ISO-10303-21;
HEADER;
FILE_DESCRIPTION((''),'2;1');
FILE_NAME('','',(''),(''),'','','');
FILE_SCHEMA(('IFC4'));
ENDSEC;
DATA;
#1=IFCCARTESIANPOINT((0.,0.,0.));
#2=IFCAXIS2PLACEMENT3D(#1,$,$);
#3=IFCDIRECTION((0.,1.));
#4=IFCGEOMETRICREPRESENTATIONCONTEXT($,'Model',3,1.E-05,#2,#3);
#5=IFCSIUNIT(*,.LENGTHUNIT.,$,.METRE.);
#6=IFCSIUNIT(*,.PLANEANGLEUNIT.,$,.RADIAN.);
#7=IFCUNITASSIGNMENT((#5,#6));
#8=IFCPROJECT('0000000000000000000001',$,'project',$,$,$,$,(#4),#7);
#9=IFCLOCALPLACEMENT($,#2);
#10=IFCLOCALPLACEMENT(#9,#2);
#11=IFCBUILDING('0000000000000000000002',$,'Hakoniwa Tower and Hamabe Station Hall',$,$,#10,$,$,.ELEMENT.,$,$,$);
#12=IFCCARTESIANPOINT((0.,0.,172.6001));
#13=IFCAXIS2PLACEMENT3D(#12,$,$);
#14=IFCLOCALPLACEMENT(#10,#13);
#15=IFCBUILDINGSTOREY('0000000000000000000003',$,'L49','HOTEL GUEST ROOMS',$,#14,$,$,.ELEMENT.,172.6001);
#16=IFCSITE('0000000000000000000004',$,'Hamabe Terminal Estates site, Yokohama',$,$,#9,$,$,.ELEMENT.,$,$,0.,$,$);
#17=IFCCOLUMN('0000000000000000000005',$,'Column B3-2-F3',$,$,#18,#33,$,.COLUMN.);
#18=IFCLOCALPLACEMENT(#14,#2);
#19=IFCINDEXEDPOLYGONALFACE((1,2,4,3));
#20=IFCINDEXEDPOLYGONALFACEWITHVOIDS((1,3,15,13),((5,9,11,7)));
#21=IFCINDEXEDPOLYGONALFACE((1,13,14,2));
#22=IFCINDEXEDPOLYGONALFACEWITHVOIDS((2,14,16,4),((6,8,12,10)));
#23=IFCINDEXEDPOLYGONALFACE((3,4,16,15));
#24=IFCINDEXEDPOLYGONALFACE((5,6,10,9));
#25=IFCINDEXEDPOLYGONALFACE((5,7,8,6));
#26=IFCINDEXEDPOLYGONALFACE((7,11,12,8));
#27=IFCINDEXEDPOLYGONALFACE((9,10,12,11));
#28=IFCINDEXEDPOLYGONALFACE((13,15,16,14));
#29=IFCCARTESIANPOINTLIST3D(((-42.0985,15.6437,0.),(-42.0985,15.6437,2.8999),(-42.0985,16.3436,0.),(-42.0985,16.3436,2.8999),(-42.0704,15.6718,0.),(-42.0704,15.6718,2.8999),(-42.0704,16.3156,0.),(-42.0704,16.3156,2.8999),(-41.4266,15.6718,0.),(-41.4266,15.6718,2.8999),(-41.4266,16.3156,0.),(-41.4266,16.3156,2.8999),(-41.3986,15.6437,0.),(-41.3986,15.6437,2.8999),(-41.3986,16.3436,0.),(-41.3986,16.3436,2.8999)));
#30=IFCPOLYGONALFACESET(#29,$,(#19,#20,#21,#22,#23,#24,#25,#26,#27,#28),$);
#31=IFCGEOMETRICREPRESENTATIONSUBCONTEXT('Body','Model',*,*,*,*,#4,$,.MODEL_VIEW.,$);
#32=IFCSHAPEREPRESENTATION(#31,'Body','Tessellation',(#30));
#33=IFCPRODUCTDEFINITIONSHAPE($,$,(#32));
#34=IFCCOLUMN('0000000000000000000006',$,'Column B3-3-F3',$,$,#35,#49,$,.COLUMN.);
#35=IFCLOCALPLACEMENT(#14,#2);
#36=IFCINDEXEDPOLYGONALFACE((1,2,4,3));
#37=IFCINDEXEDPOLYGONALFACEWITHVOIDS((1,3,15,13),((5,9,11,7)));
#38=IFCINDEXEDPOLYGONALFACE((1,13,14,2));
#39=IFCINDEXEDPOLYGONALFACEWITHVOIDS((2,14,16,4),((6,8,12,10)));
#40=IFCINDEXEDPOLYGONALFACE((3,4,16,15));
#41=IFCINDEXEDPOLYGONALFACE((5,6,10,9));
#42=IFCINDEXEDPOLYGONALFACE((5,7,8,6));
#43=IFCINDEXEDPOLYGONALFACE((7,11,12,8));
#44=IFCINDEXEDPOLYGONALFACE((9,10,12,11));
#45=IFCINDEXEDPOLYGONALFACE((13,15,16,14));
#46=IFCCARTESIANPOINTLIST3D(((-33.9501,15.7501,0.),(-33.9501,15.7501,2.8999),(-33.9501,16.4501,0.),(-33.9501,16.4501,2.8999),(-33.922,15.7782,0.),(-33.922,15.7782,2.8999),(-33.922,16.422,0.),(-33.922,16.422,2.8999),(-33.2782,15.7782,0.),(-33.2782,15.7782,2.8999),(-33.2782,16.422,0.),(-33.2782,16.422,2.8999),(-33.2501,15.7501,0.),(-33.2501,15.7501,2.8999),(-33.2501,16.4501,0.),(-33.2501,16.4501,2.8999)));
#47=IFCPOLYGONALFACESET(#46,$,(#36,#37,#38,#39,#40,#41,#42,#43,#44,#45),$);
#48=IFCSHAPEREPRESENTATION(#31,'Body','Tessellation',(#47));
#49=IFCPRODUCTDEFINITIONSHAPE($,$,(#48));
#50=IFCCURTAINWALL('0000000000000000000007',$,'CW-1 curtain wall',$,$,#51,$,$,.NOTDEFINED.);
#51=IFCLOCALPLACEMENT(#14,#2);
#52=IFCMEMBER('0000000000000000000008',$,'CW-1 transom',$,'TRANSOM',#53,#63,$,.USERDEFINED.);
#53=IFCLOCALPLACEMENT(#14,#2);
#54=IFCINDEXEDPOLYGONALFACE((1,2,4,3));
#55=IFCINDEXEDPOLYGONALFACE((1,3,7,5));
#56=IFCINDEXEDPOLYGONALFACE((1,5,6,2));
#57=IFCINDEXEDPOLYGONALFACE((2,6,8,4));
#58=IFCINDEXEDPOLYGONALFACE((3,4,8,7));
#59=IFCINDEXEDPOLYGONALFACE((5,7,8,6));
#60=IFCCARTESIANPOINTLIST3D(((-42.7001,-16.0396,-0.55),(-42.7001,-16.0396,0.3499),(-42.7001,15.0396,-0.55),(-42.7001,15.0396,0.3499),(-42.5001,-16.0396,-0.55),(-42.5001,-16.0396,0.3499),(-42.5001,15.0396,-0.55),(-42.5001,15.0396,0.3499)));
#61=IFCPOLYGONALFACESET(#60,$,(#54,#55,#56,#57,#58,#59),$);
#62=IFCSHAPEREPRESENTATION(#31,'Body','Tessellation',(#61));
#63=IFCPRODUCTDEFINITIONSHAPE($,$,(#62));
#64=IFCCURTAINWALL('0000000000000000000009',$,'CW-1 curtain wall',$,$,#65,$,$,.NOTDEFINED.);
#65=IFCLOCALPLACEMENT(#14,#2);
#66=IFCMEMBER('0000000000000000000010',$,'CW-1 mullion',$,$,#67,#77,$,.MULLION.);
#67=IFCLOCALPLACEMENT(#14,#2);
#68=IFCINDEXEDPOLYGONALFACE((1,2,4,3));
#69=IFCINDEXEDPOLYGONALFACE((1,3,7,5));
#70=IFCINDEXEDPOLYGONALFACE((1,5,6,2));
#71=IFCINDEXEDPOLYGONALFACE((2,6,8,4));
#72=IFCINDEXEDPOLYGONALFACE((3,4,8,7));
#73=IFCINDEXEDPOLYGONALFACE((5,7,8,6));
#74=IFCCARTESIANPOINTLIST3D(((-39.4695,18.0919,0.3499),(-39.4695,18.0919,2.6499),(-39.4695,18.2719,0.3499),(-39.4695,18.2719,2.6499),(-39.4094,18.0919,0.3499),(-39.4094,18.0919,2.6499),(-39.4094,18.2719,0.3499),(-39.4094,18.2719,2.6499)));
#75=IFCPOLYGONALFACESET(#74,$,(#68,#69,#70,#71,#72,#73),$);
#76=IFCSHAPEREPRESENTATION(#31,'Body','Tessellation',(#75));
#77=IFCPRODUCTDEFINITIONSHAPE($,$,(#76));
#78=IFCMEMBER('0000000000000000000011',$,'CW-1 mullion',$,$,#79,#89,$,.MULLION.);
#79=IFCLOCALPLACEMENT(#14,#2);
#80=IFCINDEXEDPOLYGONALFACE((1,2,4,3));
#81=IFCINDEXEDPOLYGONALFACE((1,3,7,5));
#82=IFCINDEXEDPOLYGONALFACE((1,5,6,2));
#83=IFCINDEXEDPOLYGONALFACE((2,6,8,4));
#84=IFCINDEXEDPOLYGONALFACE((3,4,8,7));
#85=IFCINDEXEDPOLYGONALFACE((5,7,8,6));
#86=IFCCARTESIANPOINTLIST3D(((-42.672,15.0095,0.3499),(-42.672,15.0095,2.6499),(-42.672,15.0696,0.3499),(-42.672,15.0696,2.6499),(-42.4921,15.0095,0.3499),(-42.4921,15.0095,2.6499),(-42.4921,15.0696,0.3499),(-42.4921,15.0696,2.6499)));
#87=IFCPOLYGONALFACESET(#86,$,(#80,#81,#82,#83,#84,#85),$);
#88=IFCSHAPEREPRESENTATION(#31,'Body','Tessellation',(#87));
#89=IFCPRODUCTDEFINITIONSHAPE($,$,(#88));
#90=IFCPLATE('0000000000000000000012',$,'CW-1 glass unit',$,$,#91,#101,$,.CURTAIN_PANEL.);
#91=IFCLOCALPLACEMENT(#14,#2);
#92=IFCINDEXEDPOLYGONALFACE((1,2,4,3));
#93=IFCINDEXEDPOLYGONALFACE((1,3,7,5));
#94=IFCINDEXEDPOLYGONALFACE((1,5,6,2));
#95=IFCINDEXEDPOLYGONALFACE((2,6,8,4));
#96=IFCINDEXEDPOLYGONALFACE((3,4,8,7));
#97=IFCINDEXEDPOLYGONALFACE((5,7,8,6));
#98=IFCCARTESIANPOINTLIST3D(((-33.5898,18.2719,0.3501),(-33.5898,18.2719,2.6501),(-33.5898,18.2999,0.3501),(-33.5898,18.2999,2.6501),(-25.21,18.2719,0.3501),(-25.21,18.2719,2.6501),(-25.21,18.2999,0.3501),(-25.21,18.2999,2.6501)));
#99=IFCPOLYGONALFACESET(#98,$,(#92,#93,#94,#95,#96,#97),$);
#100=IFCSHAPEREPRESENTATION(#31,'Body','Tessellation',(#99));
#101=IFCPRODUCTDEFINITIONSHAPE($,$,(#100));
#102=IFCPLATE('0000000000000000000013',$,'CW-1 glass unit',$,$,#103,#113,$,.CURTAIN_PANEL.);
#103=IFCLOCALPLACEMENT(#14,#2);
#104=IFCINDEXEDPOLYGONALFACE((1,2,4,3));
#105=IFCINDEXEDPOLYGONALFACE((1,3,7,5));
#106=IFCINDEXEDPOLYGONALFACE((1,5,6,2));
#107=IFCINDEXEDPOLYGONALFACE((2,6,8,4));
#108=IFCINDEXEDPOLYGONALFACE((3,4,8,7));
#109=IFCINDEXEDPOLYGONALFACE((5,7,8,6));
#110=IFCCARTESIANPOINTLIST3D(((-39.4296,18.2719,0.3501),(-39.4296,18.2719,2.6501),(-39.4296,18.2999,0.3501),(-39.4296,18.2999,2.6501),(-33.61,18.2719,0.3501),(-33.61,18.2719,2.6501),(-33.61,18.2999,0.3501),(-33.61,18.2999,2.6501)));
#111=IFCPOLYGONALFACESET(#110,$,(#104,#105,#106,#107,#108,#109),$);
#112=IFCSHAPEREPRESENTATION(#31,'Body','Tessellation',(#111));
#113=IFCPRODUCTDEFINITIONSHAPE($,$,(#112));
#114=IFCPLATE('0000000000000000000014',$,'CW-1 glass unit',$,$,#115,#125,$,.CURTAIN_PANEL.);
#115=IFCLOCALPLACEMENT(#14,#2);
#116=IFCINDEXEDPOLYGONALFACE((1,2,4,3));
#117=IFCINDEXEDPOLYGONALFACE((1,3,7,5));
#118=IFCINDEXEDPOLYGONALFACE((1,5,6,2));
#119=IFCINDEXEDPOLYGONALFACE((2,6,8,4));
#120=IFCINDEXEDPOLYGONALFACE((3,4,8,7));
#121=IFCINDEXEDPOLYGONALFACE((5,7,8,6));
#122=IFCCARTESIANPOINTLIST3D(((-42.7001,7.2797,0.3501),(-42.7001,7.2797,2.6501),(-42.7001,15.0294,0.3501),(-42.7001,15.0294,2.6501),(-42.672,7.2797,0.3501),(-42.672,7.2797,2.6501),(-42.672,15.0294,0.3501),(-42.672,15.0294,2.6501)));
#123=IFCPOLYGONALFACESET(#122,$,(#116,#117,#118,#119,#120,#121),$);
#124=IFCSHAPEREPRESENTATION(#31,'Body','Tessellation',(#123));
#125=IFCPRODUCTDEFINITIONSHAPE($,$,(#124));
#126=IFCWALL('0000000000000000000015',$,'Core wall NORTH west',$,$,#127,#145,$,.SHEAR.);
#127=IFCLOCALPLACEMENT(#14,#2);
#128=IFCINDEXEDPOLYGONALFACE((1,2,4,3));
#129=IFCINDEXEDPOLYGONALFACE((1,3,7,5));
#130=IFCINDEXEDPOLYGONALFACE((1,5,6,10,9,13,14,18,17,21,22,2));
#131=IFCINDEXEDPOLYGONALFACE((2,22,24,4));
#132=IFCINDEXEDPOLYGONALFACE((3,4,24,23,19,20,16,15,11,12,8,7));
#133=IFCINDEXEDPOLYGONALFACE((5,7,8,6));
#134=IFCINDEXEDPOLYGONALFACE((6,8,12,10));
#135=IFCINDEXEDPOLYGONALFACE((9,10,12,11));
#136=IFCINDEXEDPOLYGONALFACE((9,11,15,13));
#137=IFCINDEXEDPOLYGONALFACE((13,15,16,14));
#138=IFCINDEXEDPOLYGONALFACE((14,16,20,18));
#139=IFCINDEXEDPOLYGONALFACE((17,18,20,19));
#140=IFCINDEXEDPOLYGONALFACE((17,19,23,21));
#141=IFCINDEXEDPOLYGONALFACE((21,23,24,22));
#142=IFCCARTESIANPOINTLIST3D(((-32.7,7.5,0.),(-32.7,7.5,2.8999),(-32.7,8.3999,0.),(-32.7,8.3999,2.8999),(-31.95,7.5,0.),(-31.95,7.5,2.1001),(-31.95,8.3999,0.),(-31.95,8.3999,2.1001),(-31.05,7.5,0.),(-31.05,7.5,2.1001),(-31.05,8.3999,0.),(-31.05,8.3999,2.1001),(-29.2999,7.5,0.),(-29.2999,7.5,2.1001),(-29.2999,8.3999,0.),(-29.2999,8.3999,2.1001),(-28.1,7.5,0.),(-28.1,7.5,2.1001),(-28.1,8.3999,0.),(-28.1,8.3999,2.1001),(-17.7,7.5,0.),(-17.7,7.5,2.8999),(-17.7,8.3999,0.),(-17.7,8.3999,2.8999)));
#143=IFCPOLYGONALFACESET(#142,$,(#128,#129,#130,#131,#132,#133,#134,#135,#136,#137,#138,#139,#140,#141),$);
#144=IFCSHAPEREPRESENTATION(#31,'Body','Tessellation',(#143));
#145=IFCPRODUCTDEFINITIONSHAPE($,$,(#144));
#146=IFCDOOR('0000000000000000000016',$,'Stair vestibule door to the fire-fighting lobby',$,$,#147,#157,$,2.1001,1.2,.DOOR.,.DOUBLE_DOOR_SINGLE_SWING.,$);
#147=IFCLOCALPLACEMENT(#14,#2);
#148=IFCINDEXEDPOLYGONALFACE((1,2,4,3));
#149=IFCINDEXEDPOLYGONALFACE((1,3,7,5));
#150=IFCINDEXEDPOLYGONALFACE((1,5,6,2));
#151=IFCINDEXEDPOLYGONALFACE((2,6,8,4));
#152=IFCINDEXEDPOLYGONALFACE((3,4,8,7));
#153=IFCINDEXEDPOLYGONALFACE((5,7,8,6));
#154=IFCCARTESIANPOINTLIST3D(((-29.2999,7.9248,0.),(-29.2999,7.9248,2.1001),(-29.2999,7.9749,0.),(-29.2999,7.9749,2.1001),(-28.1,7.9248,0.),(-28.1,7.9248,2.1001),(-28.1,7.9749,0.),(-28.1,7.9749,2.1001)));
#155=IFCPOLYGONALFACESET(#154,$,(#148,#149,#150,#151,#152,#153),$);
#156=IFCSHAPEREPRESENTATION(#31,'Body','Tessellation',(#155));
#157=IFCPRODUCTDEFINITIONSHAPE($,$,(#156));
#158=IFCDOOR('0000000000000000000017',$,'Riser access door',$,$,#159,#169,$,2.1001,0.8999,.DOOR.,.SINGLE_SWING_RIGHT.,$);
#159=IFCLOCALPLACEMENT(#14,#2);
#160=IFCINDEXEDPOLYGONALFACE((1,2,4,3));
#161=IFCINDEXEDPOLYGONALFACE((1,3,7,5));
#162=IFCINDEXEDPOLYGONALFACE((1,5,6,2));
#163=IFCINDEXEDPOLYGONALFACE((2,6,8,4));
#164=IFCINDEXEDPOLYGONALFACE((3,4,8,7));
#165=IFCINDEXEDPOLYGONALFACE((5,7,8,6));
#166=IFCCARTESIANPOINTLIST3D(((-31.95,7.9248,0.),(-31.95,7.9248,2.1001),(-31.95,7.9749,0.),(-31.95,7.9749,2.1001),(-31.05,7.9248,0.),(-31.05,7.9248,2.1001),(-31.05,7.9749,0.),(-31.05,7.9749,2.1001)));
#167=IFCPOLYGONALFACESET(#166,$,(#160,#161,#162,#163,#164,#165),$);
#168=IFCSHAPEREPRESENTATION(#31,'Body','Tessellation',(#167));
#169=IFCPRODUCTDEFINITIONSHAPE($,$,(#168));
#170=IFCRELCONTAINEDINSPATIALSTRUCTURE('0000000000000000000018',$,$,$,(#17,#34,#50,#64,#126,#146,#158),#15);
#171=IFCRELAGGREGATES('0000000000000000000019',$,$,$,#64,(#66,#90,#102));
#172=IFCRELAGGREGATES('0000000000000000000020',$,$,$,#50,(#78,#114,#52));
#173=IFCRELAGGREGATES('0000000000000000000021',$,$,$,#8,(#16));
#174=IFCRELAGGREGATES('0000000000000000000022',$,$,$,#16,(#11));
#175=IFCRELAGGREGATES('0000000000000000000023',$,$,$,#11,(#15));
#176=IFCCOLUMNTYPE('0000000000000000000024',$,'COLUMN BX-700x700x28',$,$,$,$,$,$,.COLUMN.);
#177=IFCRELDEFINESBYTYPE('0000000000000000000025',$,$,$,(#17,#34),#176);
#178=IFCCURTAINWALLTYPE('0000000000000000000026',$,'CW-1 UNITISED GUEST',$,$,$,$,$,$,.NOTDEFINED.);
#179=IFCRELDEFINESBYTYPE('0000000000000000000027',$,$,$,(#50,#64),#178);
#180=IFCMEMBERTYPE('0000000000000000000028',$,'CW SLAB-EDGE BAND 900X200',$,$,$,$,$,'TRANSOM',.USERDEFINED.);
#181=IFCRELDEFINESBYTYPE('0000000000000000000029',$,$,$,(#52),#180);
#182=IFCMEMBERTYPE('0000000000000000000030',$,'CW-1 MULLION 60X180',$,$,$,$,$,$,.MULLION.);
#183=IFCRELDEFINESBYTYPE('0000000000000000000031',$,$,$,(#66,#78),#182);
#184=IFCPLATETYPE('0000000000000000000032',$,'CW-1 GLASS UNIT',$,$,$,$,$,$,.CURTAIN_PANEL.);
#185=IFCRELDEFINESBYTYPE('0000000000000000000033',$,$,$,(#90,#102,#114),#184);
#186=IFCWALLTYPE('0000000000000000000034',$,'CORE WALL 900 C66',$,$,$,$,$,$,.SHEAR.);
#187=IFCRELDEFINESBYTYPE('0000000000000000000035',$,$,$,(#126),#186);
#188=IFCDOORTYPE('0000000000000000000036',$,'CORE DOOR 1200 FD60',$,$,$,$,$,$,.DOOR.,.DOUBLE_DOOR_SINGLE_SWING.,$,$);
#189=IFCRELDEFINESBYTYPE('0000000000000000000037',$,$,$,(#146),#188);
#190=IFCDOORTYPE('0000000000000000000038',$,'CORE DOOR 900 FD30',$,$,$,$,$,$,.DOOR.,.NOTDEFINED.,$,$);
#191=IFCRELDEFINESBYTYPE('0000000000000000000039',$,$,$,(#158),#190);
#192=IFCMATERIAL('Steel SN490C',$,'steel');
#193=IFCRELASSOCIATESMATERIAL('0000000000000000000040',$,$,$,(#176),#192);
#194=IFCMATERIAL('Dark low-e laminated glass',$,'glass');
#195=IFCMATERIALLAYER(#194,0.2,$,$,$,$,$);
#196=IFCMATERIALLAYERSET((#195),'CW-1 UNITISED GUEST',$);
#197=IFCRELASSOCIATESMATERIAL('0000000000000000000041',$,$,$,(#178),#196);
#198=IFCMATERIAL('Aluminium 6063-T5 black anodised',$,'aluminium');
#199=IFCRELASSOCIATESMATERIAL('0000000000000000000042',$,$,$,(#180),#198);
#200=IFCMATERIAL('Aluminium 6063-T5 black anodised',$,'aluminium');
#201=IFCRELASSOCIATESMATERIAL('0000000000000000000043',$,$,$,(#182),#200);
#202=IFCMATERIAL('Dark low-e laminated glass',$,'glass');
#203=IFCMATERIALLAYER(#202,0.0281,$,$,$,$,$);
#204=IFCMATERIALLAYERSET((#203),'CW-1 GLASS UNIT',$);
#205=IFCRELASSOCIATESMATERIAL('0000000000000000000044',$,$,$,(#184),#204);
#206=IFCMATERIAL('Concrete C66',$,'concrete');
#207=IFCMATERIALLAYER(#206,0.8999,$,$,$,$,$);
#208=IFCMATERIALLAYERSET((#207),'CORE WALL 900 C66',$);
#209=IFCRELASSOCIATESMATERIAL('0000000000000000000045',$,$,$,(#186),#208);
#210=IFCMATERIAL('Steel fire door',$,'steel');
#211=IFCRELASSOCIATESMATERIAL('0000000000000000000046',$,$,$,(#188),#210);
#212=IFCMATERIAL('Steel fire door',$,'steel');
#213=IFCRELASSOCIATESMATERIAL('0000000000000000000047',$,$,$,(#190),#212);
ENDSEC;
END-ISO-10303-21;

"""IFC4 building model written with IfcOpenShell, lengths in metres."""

from ifc_helpers import new_model, si_unit, direction, frame, frame_2d, origin, origin_2d, place, context, subcontext, project, spatial, rectangle, hollow_rectangle, extrude, material, layer, layer_set, material_profile, profile_set, type_object, element, fill, aggregate, save


model = new_model("IFC4")

# Units and contexts
model_context = context("Model", 3, precision=1e-05, world=origin(), true_north=direction((0.0, 1.0)))
body_context = subcontext(model_context, "Body", "Model", "MODEL_VIEW")
ifc_project = project(units=[si_unit("LENGTHUNIT", "METRE"), si_unit("PLANEANGLEUNIT", "RADIAN")], contexts=[model_context])

# Site, building, storey
site_placement = place(None, origin())
site = spatial("IfcSite", under=ifc_project, at=site_placement, Name="Hamabe Terminal Estates site, Yokohama", CompositionType="ELEMENT", RefElevation=0.0)
building_placement = place(site_placement, origin())
building = spatial("IfcBuilding", under=site, at=building_placement, Name="Hakoniwa Tower and Hamabe Station Hall", CompositionType="ELEMENT")
storey_placement = place(building_placement, frame((0.0, 0.0, 172.6001)))
storey = spatial("IfcBuildingStorey", under=building, at=storey_placement, Name="L49", Description="HOTEL GUEST ROOMS", CompositionType="ELEMENT", Elevation=172.6001)

# Columns
ifc_material_1 = material(Name="Steel SN490C", Category="steel")
ifc_material_profile_1 = material_profile(ifc_material_1, hollow_rectangle(XDim=0.7, YDim=0.7, WallThickness=0.0281, at=origin_2d()), Name="BX-700x700x28")
ifc_profile_set_1 = profile_set([ifc_material_profile_1], Name="Steel SN490C")
column_type = type_object("IfcColumnType", Name="COLUMN BX-700x700x28", PredefinedType="COLUMN", material=ifc_profile_set_1)
for number, where, z_axis, x_axis, name in (
    (1, (-41.7485, 15.9937, 0.0), (0.0, 0.0, 1.0), (1.0, 0.0, 0.0), "Column B3-2-F3"),
    (2, (-33.6001, 16.1001, 0.0), (0.0, 0.0, 1.0), (1.0, 0.0, 0.0), "Column B3-3-F3"),
):
    element("IfcColumn", number, at=place(storey_placement, frame(where, z_axis=z_axis, x_axis=x_axis)), inside=storey, type_object=column_type, Name=name, PredefinedType="COLUMN", context=body_context, shape_type="SweptSolid", body=[
        extrude(hollow_rectangle(XDim=0.7, YDim=0.7, WallThickness=0.0281, at=origin_2d()), origin(), (0.0, 0.0, 1.0), 2.8999),
    ])

# Curtain walls, members
ifc_material_2 = material(Name="Dark low-e laminated glass", Category="glass")
ifc_layer_1 = layer(ifc_material_2, 0.2)
ifc_layer_set_1 = layer_set([ifc_layer_1], Name="CW-1 UNITISED GUEST")
curtain_wall_type = type_object("IfcCurtainWallType", Name="CW-1 UNITISED GUEST", PredefinedType="NOTDEFINED", material=ifc_layer_set_1)
curtain_wall_1_placement = place(storey_placement, origin())
curtain_wall_1 = element("IfcCurtainWall", 3, at=curtain_wall_1_placement, inside=storey, type_object=curtain_wall_type, Name="CW-1 curtain wall", PredefinedType="NOTDEFINED")
ifc_material_3 = material(Name="Aluminium 6063-T5 black anodised", Category="aluminium")
ifc_material_profile_2 = material_profile(ifc_material_3, rectangle(XDim=0.2, YDim=0.8999, at=origin_2d()), Name="CW SLAB-EDGE BAND 900X200")
ifc_profile_set_2 = profile_set([ifc_material_profile_2], Name="Aluminium 6063-T5 black anodised")
member_type_1 = type_object("IfcMemberType", Name="CW SLAB-EDGE BAND 900X200", ElementType="TRANSOM", PredefinedType="USERDEFINED", material=ifc_profile_set_2)
member_1_placement = place(storey_placement, frame((-42.6001, 15.0396, -0.1001), z_axis=(0.0, -1.0, 0.0), x_axis=(1.0, 0.0, 0.0)))
member_1 = element("IfcMember", 4, at=member_1_placement, type_object=member_type_1, Name="CW-1 transom", ObjectType="TRANSOM", PredefinedType="USERDEFINED", context=body_context, shape_type="SweptSolid", body=[
    extrude(rectangle(XDim=0.2, YDim=0.8999, at=origin_2d()), origin(), (0.0, 0.0, 1.0), 31.0791),
])
curtain_wall_2_placement = place(storey_placement, origin())
curtain_wall_2 = element("IfcCurtainWall", 5, at=curtain_wall_2_placement, inside=storey, type_object=curtain_wall_type, Name="CW-1 curtain wall", PredefinedType="NOTDEFINED")
ifc_material_4 = material(Name="Aluminium 6063-T5 black anodised", Category="aluminium")
ifc_material_profile_3 = material_profile(ifc_material_4, rectangle(XDim=0.0601, YDim=0.1799, at=origin_2d()), Name="CW-1 MULLION 60X180")
ifc_profile_set_3 = profile_set([ifc_material_profile_3], Name="Aluminium 6063-T5 black anodised")
member_type_2 = type_object("IfcMemberType", Name="CW-1 MULLION 60X180", PredefinedType="MULLION", material=ifc_profile_set_3)
member_2_placement = place(storey_placement, frame((-39.4395, 18.1819, 0.3499), z_axis=(0.0, 0.0, 1.0), x_axis=(-1.0, 0.0, 0.0)))
member_2 = element("IfcMember", 6, at=member_2_placement, type_object=member_type_2, Name="CW-1 mullion", PredefinedType="MULLION", context=body_context, shape_type="SweptSolid", body=[
    extrude(rectangle(XDim=0.0601, YDim=0.1799, at=origin_2d()), origin(), (0.0, 0.0, 1.0), 2.3),
])

# Member
member_3_placement = place(storey_placement, frame((-42.582, 15.0396, 0.3499), z_axis=(0.0, 0.0, 1.0), x_axis=(0.0, -1.0, 0.0)))
member_3 = element("IfcMember", 7, at=member_3_placement, type_object=member_type_2, Name="CW-1 mullion", PredefinedType="MULLION", context=body_context, shape_type="SweptSolid", body=[
    extrude(rectangle(XDim=0.0601, YDim=0.1799, at=origin_2d()), origin(), (0.0, 0.0, 1.0), 2.3),
])

# Plates
ifc_material_5 = material(Name="Dark low-e laminated glass", Category="glass")
ifc_layer_2 = layer(ifc_material_5, 0.0281)
ifc_layer_set_2 = layer_set([ifc_layer_2], Name="CW-1 GLASS UNIT")
plate_type = type_object("IfcPlateType", Name="CW-1 GLASS UNIT", PredefinedType="CURTAIN_PANEL", material=ifc_layer_set_2)
plate_1_placement = place(storey_placement, frame((-29.3999, 18.2859, 0.3501), z_axis=(0.0, 0.0, 1.0), x_axis=(-1.0, 0.0, 0.0)))
plate_1 = element("IfcPlate", 8, at=plate_1_placement, type_object=plate_type, Name="CW-1 glass unit", PredefinedType="CURTAIN_PANEL", context=body_context, shape_type="SweptSolid", body=[
    extrude(rectangle(XDim=8.3799, YDim=0.0281, at=origin_2d()), origin(), (0.0, 0.0, 1.0), 2.3),
])
plate_2_placement = place(storey_placement, frame((-36.5198, 18.2859, 0.3501), z_axis=(0.0, 0.0, 1.0), x_axis=(-1.0, 0.0, 0.0)))
plate_2 = element("IfcPlate", 9, at=plate_2_placement, type_object=plate_type, Name="CW-1 glass unit", PredefinedType="CURTAIN_PANEL", context=body_context, shape_type="SweptSolid", body=[
    extrude(rectangle(XDim=5.8196, YDim=0.0281, at=origin_2d()), origin(), (0.0, 0.0, 1.0), 2.3),
])
aggregate(curtain_wall_2, [member_2, plate_1, plate_2])
plate_3_placement = place(storey_placement, frame((-42.686, 11.1545, 0.3501), z_axis=(0.0, 0.0, 1.0), x_axis=(0.0, -1.0, 0.0)))
plate_3 = element("IfcPlate", 10, at=plate_3_placement, type_object=plate_type, Name="CW-1 glass unit", PredefinedType="CURTAIN_PANEL", context=body_context, shape_type="SweptSolid", body=[
    extrude(rectangle(XDim=7.7498, YDim=0.0281, at=origin_2d()), origin(), (0.0, 0.0, 1.0), 2.3),
])
aggregate(curtain_wall_1, [member_3, plate_3, member_1])

# Wall, openings, doors
ifc_material_6 = material(Name="Concrete C66", Category="concrete")
ifc_layer_3 = layer(ifc_material_6, 0.8999)
ifc_layer_set_3 = layer_set([ifc_layer_3], Name="CORE WALL 900 C66")
wall_type_1 = type_object("IfcWallType", Name="CORE WALL 900 C66", PredefinedType="SHEAR", material=ifc_layer_set_3)
wall_1_placement = place(storey_placement, frame((-32.7, 7.95, 0.0), z_axis=(0.0, 0.0, 1.0), x_axis=(1.0, 0.0, 0.0)))
wall_1 = element("IfcWall", 11, at=wall_1_placement, inside=storey, type_object=wall_type_1, Name="Core wall NORTH west", PredefinedType="SHEAR", context=body_context, shape_type="SweptSolid", body=[
    extrude(rectangle(XDim=15.0, YDim=0.8999, at=frame_2d((7.5, 0.0))), origin(), (0.0, 0.0, 1.0), 2.8999),
])
opening_1_placement = place(wall_1_placement, frame((3.3999, 0.0, 0.0)))
opening_1 = element("IfcOpeningElement", 12, at=opening_1_placement, cuts=wall_1, PredefinedType="OPENING", context=body_context, shape_type="SweptSolid", body=[
    extrude(rectangle(XDim=1.2, YDim=2.1001, at=frame_2d((0.6001, 1.05))), frame((0.0, 0.46, 0.0), z_axis=(0.0, -1.0, 0.0), x_axis=(1.0, 0.0, 0.0)), (0.0, 0.0, 1.0), 0.9199),
])
opening_2_placement = place(wall_1_placement, frame((0.75, 0.0, 0.0)))
opening_2 = element("IfcOpeningElement", 13, at=opening_2_placement, cuts=wall_1, PredefinedType="OPENING", context=body_context, shape_type="SweptSolid", body=[
    extrude(rectangle(XDim=0.8999, YDim=2.1001, at=frame_2d((0.45, 1.05))), frame((0.0, 0.46, 0.0), z_axis=(0.0, -1.0, 0.0), x_axis=(1.0, 0.0, 0.0)), (0.0, 0.0, 1.0), 0.9199),
])
ifc_material_7 = material(Name="Steel fire door", Category="steel")
door_type_1 = type_object("IfcDoorType", Name="CORE DOOR 1200 FD60", OperationType="DOUBLE_DOOR_SINGLE_SWING", PredefinedType="DOOR", material=ifc_material_7)
door_1_placement = place(opening_1_placement, origin())
door_1 = element("IfcDoor", 14, at=door_1_placement, inside=storey, type_object=door_type_1, Name="Stair vestibule door to the fire-fighting lobby", OperationType="DOUBLE_DOOR_SINGLE_SWING", OverallHeight=2.1001, OverallWidth=1.2, PredefinedType="DOOR", context=body_context, shape_type="SweptSolid", body=[
    extrude(rectangle(XDim=1.2, YDim=2.1001, at=frame_2d((0.6001, 1.05))), frame((0.0, 0.0249, 0.0), z_axis=(0.0, -1.0, 0.0), x_axis=(1.0, 0.0, 0.0)), (0.0, 0.0, 1.0), 0.05),
])
fill(opening_1, door_1)
ifc_material_8 = material(Name="Steel fire door", Category="steel")
door_type_2 = type_object("IfcDoorType", Name="CORE DOOR 900 FD30", OperationType="NOTDEFINED", PredefinedType="DOOR", material=ifc_material_8)
door_2_placement = place(opening_2_placement, origin())
door_2 = element("IfcDoor", 15, at=door_2_placement, inside=storey, type_object=door_type_2, Name="Riser access door", OperationType="SINGLE_SWING_RIGHT", OverallHeight=2.1001, OverallWidth=0.8999, PredefinedType="DOOR", context=body_context, shape_type="SweptSolid", body=[
    extrude(rectangle(XDim=0.8999, YDim=2.1001, at=frame_2d((0.45, 1.05))), frame((0.0, 0.0249, 0.0), z_axis=(0.0, -1.0, 0.0), x_axis=(1.0, 0.0, 0.0)), (0.0, 0.0, 1.0), 0.05),
])
fill(opening_2, door_2)

save(model, "model.ifc")
